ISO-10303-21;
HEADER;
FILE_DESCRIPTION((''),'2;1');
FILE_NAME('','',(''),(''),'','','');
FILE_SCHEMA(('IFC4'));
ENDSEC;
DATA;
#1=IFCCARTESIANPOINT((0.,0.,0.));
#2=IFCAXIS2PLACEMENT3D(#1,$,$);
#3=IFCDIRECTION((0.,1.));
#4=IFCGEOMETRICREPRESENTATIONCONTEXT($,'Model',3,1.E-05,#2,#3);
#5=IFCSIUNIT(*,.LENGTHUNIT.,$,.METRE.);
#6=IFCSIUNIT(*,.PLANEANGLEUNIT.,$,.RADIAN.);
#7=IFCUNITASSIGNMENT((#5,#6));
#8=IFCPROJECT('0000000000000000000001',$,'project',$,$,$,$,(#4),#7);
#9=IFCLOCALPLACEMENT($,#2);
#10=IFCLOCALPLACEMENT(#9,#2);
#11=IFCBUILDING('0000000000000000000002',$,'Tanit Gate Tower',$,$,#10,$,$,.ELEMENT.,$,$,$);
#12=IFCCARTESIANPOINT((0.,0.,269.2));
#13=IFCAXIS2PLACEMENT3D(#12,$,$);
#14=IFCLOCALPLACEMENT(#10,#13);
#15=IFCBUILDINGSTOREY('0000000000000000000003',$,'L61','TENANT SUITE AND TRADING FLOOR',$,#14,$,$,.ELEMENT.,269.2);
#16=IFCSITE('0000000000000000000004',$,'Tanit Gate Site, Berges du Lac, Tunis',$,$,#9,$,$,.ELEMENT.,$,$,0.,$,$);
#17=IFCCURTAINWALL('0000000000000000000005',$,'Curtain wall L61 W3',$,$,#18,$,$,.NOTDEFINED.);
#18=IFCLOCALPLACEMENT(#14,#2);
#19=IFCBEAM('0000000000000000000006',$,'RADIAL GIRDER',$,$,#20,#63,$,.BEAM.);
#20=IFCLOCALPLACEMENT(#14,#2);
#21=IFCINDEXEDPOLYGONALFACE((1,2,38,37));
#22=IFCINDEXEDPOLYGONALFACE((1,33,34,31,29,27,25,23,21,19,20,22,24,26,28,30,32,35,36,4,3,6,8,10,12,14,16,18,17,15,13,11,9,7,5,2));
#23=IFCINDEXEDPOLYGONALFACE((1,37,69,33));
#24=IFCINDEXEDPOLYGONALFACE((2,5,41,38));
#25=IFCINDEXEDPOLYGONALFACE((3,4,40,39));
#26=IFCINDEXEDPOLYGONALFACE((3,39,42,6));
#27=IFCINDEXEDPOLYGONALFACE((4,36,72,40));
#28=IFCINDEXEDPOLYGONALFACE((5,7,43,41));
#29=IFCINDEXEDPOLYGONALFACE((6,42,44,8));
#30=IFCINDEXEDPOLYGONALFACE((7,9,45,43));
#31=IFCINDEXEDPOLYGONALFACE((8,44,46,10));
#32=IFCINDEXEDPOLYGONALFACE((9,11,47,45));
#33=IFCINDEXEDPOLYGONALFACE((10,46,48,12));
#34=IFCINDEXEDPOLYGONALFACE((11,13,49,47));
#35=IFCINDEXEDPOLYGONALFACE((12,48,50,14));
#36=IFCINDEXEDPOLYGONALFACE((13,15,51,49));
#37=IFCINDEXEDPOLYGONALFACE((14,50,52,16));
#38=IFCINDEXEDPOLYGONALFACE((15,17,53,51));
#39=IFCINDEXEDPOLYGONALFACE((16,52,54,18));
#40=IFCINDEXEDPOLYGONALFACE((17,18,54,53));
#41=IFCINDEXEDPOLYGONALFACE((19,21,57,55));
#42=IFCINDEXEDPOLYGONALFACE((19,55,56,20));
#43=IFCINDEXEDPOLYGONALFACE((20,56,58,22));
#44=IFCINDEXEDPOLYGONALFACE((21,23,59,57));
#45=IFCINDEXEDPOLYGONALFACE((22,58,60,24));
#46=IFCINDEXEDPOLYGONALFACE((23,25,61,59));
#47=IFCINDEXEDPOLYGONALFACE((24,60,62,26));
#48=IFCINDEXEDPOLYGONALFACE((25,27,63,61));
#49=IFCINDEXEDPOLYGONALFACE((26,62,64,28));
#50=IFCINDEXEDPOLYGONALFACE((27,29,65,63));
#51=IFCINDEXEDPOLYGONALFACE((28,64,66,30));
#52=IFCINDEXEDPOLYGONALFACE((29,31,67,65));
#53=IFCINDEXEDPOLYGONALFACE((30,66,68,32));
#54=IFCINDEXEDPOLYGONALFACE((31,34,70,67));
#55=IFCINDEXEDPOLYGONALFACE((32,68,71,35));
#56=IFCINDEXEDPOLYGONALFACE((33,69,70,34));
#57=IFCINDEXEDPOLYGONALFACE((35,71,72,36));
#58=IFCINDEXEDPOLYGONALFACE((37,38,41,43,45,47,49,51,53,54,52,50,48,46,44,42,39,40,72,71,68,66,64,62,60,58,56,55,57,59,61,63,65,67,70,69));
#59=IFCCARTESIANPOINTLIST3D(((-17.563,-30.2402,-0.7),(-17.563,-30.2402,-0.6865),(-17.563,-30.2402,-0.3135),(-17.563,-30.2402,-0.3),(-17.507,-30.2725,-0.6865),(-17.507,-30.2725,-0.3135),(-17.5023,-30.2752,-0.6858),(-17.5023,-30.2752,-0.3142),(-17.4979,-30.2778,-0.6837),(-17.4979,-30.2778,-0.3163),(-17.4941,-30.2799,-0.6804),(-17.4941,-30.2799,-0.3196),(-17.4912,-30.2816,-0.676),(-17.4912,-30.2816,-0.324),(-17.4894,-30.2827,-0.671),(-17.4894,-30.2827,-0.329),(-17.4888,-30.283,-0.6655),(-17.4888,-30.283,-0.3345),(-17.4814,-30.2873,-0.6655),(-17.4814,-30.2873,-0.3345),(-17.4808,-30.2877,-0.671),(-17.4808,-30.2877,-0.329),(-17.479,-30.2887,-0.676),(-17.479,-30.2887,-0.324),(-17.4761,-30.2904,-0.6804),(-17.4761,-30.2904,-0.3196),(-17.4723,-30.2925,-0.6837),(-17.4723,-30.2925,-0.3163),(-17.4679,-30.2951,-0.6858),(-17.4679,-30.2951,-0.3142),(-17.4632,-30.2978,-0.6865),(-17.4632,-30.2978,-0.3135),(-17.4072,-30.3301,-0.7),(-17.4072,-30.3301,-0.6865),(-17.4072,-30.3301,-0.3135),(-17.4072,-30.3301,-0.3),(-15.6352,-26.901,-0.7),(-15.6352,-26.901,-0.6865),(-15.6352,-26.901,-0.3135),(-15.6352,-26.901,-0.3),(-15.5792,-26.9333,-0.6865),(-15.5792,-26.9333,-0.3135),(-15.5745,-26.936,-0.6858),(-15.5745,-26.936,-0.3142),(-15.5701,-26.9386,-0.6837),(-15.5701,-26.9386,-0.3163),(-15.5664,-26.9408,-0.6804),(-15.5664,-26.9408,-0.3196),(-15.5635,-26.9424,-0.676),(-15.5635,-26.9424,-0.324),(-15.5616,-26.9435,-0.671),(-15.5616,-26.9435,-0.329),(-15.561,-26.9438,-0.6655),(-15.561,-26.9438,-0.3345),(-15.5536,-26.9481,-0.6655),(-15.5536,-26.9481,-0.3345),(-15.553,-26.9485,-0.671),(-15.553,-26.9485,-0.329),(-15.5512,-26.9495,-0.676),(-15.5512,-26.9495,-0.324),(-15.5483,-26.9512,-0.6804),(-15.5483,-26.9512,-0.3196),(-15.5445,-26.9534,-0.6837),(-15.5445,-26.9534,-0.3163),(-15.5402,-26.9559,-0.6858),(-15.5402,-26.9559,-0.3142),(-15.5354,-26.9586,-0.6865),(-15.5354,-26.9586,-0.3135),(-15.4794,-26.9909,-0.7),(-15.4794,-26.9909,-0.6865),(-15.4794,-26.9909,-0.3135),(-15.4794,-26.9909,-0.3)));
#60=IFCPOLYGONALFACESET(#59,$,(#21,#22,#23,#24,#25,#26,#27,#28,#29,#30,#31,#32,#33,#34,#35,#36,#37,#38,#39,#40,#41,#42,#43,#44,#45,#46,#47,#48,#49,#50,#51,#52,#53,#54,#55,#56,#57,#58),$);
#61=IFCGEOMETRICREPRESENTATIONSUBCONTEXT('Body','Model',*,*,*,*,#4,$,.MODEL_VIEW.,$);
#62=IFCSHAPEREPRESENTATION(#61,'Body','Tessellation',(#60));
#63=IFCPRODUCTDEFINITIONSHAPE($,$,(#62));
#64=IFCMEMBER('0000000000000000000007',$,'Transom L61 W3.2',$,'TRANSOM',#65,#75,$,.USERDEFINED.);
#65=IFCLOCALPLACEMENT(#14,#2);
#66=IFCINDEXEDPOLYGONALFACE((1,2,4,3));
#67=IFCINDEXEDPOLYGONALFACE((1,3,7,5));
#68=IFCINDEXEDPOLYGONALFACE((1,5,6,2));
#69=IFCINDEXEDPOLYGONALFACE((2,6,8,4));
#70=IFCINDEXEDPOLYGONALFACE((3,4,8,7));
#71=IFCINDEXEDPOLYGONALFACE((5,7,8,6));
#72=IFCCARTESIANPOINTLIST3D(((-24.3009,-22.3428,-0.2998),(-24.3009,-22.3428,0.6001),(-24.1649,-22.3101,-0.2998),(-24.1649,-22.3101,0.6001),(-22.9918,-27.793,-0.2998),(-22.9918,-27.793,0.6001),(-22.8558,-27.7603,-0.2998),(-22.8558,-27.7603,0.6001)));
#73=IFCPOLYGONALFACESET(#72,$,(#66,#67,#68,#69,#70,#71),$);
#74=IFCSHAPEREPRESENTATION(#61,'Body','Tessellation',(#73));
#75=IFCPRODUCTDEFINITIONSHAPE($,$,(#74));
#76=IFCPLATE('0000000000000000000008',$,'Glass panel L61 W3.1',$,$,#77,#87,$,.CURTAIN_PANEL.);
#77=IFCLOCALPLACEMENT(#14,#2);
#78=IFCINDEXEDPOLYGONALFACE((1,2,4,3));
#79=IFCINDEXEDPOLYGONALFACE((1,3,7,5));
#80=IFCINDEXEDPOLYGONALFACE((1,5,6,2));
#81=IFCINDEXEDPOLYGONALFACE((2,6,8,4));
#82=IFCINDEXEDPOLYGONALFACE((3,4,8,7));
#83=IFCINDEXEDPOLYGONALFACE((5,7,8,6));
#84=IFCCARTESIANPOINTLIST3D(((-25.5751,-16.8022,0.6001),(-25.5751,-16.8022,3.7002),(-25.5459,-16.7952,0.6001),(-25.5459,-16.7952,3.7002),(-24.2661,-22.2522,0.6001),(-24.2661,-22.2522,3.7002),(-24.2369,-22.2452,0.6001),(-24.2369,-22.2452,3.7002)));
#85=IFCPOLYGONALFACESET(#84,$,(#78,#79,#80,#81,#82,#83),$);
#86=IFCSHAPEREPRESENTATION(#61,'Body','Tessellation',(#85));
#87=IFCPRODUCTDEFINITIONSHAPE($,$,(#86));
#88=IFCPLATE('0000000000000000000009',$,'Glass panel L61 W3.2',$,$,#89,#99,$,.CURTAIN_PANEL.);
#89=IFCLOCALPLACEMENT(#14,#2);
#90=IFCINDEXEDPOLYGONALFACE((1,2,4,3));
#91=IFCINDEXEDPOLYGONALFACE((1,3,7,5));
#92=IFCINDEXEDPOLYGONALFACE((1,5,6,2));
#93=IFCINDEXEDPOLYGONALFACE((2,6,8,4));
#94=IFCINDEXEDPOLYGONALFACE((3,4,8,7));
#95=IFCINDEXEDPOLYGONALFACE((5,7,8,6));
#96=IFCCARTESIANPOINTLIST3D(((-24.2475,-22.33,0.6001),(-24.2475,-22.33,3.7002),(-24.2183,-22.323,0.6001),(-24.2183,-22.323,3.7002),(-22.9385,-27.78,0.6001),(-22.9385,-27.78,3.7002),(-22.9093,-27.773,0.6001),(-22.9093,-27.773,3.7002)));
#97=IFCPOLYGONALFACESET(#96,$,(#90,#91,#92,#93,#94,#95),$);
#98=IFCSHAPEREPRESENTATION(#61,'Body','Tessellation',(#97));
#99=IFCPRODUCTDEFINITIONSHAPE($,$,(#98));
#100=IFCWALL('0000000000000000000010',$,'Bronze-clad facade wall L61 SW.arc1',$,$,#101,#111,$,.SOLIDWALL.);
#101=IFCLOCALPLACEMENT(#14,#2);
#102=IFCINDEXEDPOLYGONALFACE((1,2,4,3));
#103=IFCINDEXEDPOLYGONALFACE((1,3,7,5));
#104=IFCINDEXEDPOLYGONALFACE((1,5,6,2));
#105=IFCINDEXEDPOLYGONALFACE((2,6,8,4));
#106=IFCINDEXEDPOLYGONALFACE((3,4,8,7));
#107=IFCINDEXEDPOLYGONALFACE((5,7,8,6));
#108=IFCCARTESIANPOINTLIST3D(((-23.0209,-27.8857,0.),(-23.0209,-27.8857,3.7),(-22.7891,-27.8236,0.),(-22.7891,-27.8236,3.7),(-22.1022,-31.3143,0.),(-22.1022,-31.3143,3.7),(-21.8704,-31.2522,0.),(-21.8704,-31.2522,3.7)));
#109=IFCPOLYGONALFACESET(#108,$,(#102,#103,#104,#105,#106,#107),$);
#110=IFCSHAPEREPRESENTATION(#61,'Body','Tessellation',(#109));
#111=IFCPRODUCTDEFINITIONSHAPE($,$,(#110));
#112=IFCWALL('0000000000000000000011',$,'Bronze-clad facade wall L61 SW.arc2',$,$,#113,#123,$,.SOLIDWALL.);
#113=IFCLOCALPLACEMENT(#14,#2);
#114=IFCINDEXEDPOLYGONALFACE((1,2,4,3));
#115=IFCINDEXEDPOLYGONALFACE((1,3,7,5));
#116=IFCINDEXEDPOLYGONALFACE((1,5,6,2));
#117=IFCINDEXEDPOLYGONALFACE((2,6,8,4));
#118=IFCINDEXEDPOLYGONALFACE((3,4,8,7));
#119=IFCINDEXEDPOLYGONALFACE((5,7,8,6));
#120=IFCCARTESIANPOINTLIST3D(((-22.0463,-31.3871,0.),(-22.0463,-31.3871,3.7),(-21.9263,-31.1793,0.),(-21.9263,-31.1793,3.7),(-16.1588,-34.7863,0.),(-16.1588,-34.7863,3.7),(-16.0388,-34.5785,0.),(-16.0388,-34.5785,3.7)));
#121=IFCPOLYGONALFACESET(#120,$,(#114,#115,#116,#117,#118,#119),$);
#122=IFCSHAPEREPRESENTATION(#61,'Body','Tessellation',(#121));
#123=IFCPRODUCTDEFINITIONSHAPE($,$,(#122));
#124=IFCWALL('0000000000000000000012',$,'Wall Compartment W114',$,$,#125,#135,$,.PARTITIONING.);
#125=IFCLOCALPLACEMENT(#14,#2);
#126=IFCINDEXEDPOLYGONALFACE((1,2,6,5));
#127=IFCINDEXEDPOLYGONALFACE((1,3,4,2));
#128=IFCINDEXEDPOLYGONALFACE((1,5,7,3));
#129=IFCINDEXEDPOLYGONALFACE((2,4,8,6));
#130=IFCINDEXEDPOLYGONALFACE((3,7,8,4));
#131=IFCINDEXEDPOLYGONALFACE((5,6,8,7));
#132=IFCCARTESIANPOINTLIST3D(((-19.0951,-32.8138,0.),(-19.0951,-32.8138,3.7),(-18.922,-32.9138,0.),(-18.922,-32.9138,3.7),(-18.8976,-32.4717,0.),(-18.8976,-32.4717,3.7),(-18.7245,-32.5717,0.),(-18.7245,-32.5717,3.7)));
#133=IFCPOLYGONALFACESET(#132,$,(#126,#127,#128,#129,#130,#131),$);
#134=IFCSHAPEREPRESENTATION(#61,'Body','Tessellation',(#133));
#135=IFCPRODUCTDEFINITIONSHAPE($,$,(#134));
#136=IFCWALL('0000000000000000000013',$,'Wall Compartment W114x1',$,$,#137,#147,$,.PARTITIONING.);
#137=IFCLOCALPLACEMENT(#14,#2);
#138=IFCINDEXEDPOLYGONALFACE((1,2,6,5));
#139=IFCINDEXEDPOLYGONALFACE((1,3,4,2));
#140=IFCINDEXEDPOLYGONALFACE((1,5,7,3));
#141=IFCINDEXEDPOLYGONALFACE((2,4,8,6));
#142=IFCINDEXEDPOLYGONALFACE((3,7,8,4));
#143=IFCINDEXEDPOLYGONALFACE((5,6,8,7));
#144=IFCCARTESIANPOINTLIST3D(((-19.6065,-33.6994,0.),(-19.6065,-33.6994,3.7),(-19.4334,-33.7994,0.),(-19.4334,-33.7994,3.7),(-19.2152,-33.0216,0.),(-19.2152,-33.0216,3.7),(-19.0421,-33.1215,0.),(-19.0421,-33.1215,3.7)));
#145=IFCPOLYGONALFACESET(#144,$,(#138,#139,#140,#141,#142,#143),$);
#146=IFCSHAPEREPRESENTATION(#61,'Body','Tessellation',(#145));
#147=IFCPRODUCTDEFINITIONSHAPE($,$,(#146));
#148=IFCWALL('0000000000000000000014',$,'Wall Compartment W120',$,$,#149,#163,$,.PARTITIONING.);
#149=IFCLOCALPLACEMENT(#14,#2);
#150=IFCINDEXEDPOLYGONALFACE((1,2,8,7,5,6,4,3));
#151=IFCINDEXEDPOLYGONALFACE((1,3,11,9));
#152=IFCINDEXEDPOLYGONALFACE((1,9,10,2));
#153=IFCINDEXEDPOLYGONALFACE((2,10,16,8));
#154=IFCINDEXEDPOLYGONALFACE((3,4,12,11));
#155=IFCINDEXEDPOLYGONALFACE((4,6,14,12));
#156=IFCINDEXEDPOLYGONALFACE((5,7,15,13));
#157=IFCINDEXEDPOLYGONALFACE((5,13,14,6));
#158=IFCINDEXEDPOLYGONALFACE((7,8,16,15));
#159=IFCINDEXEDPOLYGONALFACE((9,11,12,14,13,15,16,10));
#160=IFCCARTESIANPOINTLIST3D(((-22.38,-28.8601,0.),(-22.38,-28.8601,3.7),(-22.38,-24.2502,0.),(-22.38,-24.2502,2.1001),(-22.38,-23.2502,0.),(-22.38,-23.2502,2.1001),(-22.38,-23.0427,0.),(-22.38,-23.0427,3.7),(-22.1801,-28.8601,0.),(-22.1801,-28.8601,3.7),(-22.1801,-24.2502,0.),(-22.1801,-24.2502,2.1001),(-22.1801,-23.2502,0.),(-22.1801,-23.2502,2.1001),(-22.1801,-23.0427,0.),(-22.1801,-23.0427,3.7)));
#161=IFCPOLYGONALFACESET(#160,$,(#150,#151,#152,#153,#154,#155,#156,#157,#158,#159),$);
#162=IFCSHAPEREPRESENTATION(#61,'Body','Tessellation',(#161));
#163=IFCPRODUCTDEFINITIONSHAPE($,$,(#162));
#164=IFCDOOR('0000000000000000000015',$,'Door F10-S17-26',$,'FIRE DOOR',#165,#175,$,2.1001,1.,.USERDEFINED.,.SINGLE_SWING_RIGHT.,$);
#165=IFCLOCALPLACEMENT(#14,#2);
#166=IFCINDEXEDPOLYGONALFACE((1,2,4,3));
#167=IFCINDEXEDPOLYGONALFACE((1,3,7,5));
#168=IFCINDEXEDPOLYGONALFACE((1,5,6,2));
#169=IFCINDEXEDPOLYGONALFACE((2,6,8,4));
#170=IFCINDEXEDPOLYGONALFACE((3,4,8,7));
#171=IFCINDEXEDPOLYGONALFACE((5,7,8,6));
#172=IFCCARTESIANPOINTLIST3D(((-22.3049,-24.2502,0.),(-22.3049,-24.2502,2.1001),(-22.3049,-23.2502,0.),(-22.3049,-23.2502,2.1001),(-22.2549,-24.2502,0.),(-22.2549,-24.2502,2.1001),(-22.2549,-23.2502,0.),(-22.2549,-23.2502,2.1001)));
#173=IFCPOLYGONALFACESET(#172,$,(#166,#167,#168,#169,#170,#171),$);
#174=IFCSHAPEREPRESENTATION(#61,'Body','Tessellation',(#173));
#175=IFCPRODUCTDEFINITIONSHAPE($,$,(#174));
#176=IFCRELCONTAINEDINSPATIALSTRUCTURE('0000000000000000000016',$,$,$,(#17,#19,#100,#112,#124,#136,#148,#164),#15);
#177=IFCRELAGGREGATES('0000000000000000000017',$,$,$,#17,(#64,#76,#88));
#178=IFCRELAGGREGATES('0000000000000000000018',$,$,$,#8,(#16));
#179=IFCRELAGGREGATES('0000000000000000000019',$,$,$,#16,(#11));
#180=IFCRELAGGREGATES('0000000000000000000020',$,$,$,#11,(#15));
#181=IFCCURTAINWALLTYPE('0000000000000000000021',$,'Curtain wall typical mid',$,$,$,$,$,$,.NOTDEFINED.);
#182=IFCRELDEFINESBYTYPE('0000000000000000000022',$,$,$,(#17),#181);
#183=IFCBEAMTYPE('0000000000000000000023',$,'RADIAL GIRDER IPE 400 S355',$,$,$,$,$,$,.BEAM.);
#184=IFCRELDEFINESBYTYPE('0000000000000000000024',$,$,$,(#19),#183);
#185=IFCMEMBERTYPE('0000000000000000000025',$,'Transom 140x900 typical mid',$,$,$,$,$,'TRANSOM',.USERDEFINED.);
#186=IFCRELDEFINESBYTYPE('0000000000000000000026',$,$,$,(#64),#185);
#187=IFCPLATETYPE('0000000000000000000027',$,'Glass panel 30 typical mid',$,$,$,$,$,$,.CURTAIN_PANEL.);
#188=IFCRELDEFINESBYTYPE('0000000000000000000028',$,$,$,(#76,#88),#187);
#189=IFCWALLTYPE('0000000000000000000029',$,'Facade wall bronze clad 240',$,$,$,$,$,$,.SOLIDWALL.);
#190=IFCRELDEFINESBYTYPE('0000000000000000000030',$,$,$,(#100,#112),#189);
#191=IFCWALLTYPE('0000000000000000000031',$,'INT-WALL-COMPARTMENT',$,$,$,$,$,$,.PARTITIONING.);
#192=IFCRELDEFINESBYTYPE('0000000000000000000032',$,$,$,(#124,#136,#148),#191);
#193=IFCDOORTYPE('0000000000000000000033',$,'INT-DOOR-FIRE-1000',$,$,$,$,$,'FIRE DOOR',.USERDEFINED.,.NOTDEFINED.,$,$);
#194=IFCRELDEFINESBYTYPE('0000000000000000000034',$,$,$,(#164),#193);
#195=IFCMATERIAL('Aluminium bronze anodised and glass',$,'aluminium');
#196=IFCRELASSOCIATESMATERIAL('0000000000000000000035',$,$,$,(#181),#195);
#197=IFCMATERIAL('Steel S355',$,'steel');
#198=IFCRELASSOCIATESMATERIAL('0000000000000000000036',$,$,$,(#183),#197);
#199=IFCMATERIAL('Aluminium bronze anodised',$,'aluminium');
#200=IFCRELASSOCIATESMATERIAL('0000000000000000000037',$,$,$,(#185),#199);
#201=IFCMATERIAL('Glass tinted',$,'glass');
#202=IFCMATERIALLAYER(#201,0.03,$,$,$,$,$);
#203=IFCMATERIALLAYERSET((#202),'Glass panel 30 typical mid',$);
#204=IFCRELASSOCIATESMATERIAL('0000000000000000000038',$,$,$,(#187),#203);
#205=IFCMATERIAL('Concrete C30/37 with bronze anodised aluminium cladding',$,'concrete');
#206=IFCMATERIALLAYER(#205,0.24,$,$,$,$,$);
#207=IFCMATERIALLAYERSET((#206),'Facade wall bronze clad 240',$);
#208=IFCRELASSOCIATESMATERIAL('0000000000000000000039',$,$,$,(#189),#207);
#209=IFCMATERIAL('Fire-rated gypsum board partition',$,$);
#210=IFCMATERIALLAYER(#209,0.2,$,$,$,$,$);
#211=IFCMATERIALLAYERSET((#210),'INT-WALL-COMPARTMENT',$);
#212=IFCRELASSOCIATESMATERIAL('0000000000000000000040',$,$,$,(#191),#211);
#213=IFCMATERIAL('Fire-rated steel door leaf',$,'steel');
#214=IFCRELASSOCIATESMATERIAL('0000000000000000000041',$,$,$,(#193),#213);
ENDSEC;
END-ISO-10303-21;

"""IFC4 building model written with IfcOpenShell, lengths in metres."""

from ifc_helpers import new_model, si_unit, direction, frame, frame_2d, origin, origin_2d, place, context, subcontext, project, spatial, rectangle, i_section, extrude, material, layer, layer_set, material_profile, profile_set, type_object, element, fill, aggregate, save


model = new_model("IFC4")

# Units and contexts
model_context = context("Model", 3, precision=1e-05, world=origin(), true_north=direction((0.0, 1.0)))
body_context = subcontext(model_context, "Body", "Model", "MODEL_VIEW")
ifc_project = project(units=[si_unit("LENGTHUNIT", "METRE"), si_unit("PLANEANGLEUNIT", "RADIAN")], contexts=[model_context])

# Site, building, storey
site_placement = place(None, origin())
site = spatial("IfcSite", under=ifc_project, at=site_placement, Name="Tanit Gate Site, Berges du Lac, Tunis", CompositionType="ELEMENT", RefElevation=0.0)
building_placement = place(site_placement, origin())
building = spatial("IfcBuilding", under=site, at=building_placement, Name="Tanit Gate Tower", CompositionType="ELEMENT")
storey_placement = place(building_placement, frame((0.0, 0.0, 269.2)))
storey = spatial("IfcBuildingStorey", under=building, at=storey_placement, Name="L61", Description="TENANT SUITE AND TRADING FLOOR", CompositionType="ELEMENT", Elevation=269.2)

# Curtain wall
ifc_material_1 = material(Name="Aluminium bronze anodised and glass", Category="aluminium")
curtain_wall_type = type_object("IfcCurtainWallType", Name="Curtain wall typical mid", PredefinedType="NOTDEFINED", material=ifc_material_1)
curtain_wall_placement = place(storey_placement, origin())
curtain_wall = element("IfcCurtainWall", 1, at=curtain_wall_placement, inside=storey, type_object=curtain_wall_type, Name="Curtain wall L61 W3", PredefinedType="NOTDEFINED")

# Beam
ifc_material_2 = material(Name="Steel S355", Category="steel")
ifc_material_profile_1 = material_profile(ifc_material_2, i_section(OverallWidth=0.1799, OverallDepth=0.3999, WebThickness=0.0085, FlangeThickness=0.0134, FilletRadius=0.021, at=origin_2d()), Name="IPE 400")
ifc_profile_set_1 = profile_set([ifc_material_profile_1], Name="Steel S355")
beam_type_1 = type_object("IfcBeamType", Name="RADIAL GIRDER IPE 400 S355", PredefinedType="BEAM", material=ifc_profile_set_1)
beam_1_placement = place(storey_placement, frame((-17.4851, -30.2852, -0.5), z_axis=(0.49998, 0.866037, 0.0), x_axis=(-0.866037, 0.49998, 0.0)))
element("IfcBeam", 2, at=beam_1_placement, inside=storey, type_object=beam_type_1, Name="RADIAL GIRDER", PredefinedType="BEAM", context=body_context, shape_type="SweptSolid", body=[
    extrude(i_section(OverallWidth=0.1799, OverallDepth=0.3999, WebThickness=0.0085, FlangeThickness=0.0134, FilletRadius=0.021, at=origin_2d()), origin(), (0.0, 0.0, 1.0), 3.8557),
])

# Member
ifc_material_3 = material(Name="Aluminium bronze anodised", Category="aluminium")
ifc_material_profile_2 = material_profile(ifc_material_3, rectangle(XDim=0.1399, YDim=0.8999, at=origin_2d()), Name="140x900 bronze transom")
ifc_profile_set_2 = profile_set([ifc_material_profile_2], Name="Aluminium bronze anodised")
member_type_1 = type_object("IfcMemberType", Name="Transom 140x900 typical mid", ElementType="TRANSOM", PredefinedType="USERDEFINED", material=ifc_profile_set_2)
member_1_placement = place(storey_placement, frame((-24.2329, -22.3264, 0.1501), z_axis=(0.233548, -0.972345, 0.0), x_axis=(0.972345, 0.233548, 0.0)))
member_1 = element("IfcMember", 3, at=member_1_placement, type_object=member_type_1, Name="Transom L61 W3.2", ObjectType="TRANSOM", PredefinedType="USERDEFINED", context=body_context, shape_type="SweptSolid", body=[
    extrude(rectangle(XDim=0.1399, YDim=0.8999, at=origin_2d()), origin(), (0.0, 0.0, 1.0), 5.6052),
])

# Plates
ifc_material_4 = material(Name="Glass tinted", Category="glass")
ifc_layer_1 = layer(ifc_material_4, 0.03)
ifc_layer_set_1 = layer_set([ifc_layer_1], Name="Glass panel 30 typical mid")
plate_type = type_object("IfcPlateType", Name="Glass panel 30 typical mid", PredefinedType="CURTAIN_PANEL", material=ifc_layer_set_1)
plate_1_placement = place(storey_placement, frame((-24.906, -19.5237, 0.6001), z_axis=(0.0, 0.0, 1.0), x_axis=(0.233542, -0.972347, 0.0)))
plate_1 = element("IfcPlate", 4, at=plate_1_placement, type_object=plate_type, Name="Glass panel L61 W3.1", PredefinedType="CURTAIN_PANEL", context=body_context, shape_type="SweptSolid", body=[
    extrude(rectangle(XDim=5.605, YDim=0.03, at=origin_2d()), origin(), (0.0, 0.0, 1.0), 3.1001),
])
plate_2_placement = place(storey_placement, frame((-23.5784, -25.0515, 0.6001), z_axis=(0.0, 0.0, 1.0), x_axis=(0.233542, -0.972347, 0.0)))
plate_2 = element("IfcPlate", 5, at=plate_2_placement, type_object=plate_type, Name="Glass panel L61 W3.2", PredefinedType="CURTAIN_PANEL", context=body_context, shape_type="SweptSolid", body=[
    extrude(rectangle(XDim=5.605, YDim=0.03, at=origin_2d()), origin(), (0.0, 0.0, 1.0), 3.1001),
])
aggregate(curtain_wall, [member_1, plate_1, plate_2])

# Walls
ifc_material_5 = material(Name="Concrete C30/37 with bronze anodised aluminium cladding", Category="concrete")
ifc_layer_2 = layer(ifc_material_5, 0.24)
ifc_layer_set_2 = layer_set([ifc_layer_2], Name="Facade wall bronze clad 240")
wall_type_1 = type_object("IfcWallType", Name="Facade wall bronze clad 240", PredefinedType="SOLIDWALL", material=ifc_layer_set_2)
wall_1_placement = place(storey_placement, frame((-22.905, -27.8545, 0.0), z_axis=(0.0, 0.0, 1.0), x_axis=(0.258814, -0.965927, 0.0)))
element("IfcWall", 6, at=wall_1_placement, inside=storey, type_object=wall_type_1, Name="Bronze-clad facade wall L61 SW.arc1", PredefinedType="SOLIDWALL", context=body_context, shape_type="SweptSolid", body=[
    extrude(rectangle(XDim=3.5496, YDim=0.24, at=frame_2d((1.7749, 0.0))), origin(), (0.0, 0.0, 1.0), 3.7),
])
wall_2_placement = place(storey_placement, frame((-21.9863, -31.2832, 0.0), z_axis=(0.0, 0.0, 1.0), x_axis=(0.866022, -0.500005, 0.0)))
element("IfcWall", 7, at=wall_2_placement, inside=storey, type_object=wall_type_1, Name="Bronze-clad facade wall L61 SW.arc2", PredefinedType="SOLIDWALL", context=body_context, shape_type="SweptSolid", body=[
    extrude(rectangle(XDim=6.7983, YDim=0.24, at=frame_2d((3.3992, 0.0))), origin(), (0.0, 0.0, 1.0), 3.7),
])
ifc_material_6 = material(Name="Fire-rated gypsum board partition")
ifc_layer_3 = layer(ifc_material_6, 0.2)
ifc_layer_set_3 = layer_set([ifc_layer_3], Name="INT-WALL-COMPARTMENT")
wall_type_2 = type_object("IfcWallType", Name="INT-WALL-COMPARTMENT", PredefinedType="PARTITIONING", material=ifc_layer_set_3)
wall_3_placement = place(storey_placement, frame((-18.811, -32.5217, 0.0), z_axis=(0.0, 0.0, 1.0), x_axis=(-0.500061, -0.86599, 0.0)))
element("IfcWall", 8, at=wall_3_placement, inside=storey, type_object=wall_type_2, Name="Wall Compartment W114", PredefinedType="PARTITIONING", context=body_context, shape_type="SweptSolid", body=[
    extrude(rectangle(XDim=0.395, YDim=0.2, at=frame_2d((0.1975, 0.0))), origin(), (0.0, 0.0, 1.0), 3.7),
])
wall_4_placement = place(storey_placement, frame((-19.1287, -33.0715, 0.0), z_axis=(0.0, 0.0, 1.0), x_axis=(-0.499929, -0.866066, 0.0)))
element("IfcWall", 9, at=wall_4_placement, inside=storey, type_object=wall_type_2, Name="Wall Compartment W114x1", PredefinedType="PARTITIONING", context=body_context, shape_type="SweptSolid", body=[
    extrude(rectangle(XDim=0.7827, YDim=0.2, at=frame_2d((0.3914, 0.0))), origin(), (0.0, 0.0, 1.0), 3.7),
])

# Wall, opening, door
wall_5_placement = place(storey_placement, frame((-22.28, -28.8601, 0.0), z_axis=(0.0, 0.0, 1.0), x_axis=(0.0, 1.0, 0.0)))
wall_5 = element("IfcWall", 10, at=wall_5_placement, inside=storey, type_object=wall_type_2, Name="Wall Compartment W120", PredefinedType="PARTITIONING", context=body_context, shape_type="SweptSolid", body=[
    extrude(rectangle(XDim=5.8174, YDim=0.2, at=frame_2d((2.9087, 0.0))), origin(), (0.0, 0.0, 1.0), 3.7),
])
opening_placement = place(wall_5_placement, frame((4.6099, 0.0, 0.0)))
opening = element("IfcOpeningElement", 11, at=opening_placement, cuts=wall_5, PredefinedType="OPENING", context=body_context, shape_type="SweptSolid", body=[
    extrude(rectangle(XDim=1.0, YDim=2.1001, at=frame_2d((0.5, 1.05))), frame((0.0, 0.1099, 0.0), z_axis=(0.0, -1.0, 0.0), x_axis=(1.0, 0.0, 0.0)), (0.0, 0.0, 1.0), 0.22),
])
ifc_material_7 = material(Name="Fire-rated steel door leaf", Category="steel")
door_type = type_object("IfcDoorType", Name="INT-DOOR-FIRE-1000", ElementType="FIRE DOOR", OperationType="NOTDEFINED", PredefinedType="USERDEFINED", material=ifc_material_7)
door_placement = place(opening_placement, origin())
door = element("IfcDoor", 12, at=door_placement, inside=storey, type_object=door_type, Name="Door F10-S17-26", ObjectType="FIRE DOOR", OperationType="SINGLE_SWING_RIGHT", OverallHeight=2.1001, OverallWidth=1.0, PredefinedType="USERDEFINED", context=body_context, shape_type="SweptSolid", body=[
    extrude(rectangle(XDim=1.0, YDim=2.1001, at=frame_2d((0.5, 1.05))), frame((0.0, 0.0249, 0.0), z_axis=(0.0, -1.0, 0.0), x_axis=(1.0, 0.0, 0.0)), (0.0, 0.0, 1.0), 0.05),
])
fill(opening, door)

save(model, "model.ifc")
